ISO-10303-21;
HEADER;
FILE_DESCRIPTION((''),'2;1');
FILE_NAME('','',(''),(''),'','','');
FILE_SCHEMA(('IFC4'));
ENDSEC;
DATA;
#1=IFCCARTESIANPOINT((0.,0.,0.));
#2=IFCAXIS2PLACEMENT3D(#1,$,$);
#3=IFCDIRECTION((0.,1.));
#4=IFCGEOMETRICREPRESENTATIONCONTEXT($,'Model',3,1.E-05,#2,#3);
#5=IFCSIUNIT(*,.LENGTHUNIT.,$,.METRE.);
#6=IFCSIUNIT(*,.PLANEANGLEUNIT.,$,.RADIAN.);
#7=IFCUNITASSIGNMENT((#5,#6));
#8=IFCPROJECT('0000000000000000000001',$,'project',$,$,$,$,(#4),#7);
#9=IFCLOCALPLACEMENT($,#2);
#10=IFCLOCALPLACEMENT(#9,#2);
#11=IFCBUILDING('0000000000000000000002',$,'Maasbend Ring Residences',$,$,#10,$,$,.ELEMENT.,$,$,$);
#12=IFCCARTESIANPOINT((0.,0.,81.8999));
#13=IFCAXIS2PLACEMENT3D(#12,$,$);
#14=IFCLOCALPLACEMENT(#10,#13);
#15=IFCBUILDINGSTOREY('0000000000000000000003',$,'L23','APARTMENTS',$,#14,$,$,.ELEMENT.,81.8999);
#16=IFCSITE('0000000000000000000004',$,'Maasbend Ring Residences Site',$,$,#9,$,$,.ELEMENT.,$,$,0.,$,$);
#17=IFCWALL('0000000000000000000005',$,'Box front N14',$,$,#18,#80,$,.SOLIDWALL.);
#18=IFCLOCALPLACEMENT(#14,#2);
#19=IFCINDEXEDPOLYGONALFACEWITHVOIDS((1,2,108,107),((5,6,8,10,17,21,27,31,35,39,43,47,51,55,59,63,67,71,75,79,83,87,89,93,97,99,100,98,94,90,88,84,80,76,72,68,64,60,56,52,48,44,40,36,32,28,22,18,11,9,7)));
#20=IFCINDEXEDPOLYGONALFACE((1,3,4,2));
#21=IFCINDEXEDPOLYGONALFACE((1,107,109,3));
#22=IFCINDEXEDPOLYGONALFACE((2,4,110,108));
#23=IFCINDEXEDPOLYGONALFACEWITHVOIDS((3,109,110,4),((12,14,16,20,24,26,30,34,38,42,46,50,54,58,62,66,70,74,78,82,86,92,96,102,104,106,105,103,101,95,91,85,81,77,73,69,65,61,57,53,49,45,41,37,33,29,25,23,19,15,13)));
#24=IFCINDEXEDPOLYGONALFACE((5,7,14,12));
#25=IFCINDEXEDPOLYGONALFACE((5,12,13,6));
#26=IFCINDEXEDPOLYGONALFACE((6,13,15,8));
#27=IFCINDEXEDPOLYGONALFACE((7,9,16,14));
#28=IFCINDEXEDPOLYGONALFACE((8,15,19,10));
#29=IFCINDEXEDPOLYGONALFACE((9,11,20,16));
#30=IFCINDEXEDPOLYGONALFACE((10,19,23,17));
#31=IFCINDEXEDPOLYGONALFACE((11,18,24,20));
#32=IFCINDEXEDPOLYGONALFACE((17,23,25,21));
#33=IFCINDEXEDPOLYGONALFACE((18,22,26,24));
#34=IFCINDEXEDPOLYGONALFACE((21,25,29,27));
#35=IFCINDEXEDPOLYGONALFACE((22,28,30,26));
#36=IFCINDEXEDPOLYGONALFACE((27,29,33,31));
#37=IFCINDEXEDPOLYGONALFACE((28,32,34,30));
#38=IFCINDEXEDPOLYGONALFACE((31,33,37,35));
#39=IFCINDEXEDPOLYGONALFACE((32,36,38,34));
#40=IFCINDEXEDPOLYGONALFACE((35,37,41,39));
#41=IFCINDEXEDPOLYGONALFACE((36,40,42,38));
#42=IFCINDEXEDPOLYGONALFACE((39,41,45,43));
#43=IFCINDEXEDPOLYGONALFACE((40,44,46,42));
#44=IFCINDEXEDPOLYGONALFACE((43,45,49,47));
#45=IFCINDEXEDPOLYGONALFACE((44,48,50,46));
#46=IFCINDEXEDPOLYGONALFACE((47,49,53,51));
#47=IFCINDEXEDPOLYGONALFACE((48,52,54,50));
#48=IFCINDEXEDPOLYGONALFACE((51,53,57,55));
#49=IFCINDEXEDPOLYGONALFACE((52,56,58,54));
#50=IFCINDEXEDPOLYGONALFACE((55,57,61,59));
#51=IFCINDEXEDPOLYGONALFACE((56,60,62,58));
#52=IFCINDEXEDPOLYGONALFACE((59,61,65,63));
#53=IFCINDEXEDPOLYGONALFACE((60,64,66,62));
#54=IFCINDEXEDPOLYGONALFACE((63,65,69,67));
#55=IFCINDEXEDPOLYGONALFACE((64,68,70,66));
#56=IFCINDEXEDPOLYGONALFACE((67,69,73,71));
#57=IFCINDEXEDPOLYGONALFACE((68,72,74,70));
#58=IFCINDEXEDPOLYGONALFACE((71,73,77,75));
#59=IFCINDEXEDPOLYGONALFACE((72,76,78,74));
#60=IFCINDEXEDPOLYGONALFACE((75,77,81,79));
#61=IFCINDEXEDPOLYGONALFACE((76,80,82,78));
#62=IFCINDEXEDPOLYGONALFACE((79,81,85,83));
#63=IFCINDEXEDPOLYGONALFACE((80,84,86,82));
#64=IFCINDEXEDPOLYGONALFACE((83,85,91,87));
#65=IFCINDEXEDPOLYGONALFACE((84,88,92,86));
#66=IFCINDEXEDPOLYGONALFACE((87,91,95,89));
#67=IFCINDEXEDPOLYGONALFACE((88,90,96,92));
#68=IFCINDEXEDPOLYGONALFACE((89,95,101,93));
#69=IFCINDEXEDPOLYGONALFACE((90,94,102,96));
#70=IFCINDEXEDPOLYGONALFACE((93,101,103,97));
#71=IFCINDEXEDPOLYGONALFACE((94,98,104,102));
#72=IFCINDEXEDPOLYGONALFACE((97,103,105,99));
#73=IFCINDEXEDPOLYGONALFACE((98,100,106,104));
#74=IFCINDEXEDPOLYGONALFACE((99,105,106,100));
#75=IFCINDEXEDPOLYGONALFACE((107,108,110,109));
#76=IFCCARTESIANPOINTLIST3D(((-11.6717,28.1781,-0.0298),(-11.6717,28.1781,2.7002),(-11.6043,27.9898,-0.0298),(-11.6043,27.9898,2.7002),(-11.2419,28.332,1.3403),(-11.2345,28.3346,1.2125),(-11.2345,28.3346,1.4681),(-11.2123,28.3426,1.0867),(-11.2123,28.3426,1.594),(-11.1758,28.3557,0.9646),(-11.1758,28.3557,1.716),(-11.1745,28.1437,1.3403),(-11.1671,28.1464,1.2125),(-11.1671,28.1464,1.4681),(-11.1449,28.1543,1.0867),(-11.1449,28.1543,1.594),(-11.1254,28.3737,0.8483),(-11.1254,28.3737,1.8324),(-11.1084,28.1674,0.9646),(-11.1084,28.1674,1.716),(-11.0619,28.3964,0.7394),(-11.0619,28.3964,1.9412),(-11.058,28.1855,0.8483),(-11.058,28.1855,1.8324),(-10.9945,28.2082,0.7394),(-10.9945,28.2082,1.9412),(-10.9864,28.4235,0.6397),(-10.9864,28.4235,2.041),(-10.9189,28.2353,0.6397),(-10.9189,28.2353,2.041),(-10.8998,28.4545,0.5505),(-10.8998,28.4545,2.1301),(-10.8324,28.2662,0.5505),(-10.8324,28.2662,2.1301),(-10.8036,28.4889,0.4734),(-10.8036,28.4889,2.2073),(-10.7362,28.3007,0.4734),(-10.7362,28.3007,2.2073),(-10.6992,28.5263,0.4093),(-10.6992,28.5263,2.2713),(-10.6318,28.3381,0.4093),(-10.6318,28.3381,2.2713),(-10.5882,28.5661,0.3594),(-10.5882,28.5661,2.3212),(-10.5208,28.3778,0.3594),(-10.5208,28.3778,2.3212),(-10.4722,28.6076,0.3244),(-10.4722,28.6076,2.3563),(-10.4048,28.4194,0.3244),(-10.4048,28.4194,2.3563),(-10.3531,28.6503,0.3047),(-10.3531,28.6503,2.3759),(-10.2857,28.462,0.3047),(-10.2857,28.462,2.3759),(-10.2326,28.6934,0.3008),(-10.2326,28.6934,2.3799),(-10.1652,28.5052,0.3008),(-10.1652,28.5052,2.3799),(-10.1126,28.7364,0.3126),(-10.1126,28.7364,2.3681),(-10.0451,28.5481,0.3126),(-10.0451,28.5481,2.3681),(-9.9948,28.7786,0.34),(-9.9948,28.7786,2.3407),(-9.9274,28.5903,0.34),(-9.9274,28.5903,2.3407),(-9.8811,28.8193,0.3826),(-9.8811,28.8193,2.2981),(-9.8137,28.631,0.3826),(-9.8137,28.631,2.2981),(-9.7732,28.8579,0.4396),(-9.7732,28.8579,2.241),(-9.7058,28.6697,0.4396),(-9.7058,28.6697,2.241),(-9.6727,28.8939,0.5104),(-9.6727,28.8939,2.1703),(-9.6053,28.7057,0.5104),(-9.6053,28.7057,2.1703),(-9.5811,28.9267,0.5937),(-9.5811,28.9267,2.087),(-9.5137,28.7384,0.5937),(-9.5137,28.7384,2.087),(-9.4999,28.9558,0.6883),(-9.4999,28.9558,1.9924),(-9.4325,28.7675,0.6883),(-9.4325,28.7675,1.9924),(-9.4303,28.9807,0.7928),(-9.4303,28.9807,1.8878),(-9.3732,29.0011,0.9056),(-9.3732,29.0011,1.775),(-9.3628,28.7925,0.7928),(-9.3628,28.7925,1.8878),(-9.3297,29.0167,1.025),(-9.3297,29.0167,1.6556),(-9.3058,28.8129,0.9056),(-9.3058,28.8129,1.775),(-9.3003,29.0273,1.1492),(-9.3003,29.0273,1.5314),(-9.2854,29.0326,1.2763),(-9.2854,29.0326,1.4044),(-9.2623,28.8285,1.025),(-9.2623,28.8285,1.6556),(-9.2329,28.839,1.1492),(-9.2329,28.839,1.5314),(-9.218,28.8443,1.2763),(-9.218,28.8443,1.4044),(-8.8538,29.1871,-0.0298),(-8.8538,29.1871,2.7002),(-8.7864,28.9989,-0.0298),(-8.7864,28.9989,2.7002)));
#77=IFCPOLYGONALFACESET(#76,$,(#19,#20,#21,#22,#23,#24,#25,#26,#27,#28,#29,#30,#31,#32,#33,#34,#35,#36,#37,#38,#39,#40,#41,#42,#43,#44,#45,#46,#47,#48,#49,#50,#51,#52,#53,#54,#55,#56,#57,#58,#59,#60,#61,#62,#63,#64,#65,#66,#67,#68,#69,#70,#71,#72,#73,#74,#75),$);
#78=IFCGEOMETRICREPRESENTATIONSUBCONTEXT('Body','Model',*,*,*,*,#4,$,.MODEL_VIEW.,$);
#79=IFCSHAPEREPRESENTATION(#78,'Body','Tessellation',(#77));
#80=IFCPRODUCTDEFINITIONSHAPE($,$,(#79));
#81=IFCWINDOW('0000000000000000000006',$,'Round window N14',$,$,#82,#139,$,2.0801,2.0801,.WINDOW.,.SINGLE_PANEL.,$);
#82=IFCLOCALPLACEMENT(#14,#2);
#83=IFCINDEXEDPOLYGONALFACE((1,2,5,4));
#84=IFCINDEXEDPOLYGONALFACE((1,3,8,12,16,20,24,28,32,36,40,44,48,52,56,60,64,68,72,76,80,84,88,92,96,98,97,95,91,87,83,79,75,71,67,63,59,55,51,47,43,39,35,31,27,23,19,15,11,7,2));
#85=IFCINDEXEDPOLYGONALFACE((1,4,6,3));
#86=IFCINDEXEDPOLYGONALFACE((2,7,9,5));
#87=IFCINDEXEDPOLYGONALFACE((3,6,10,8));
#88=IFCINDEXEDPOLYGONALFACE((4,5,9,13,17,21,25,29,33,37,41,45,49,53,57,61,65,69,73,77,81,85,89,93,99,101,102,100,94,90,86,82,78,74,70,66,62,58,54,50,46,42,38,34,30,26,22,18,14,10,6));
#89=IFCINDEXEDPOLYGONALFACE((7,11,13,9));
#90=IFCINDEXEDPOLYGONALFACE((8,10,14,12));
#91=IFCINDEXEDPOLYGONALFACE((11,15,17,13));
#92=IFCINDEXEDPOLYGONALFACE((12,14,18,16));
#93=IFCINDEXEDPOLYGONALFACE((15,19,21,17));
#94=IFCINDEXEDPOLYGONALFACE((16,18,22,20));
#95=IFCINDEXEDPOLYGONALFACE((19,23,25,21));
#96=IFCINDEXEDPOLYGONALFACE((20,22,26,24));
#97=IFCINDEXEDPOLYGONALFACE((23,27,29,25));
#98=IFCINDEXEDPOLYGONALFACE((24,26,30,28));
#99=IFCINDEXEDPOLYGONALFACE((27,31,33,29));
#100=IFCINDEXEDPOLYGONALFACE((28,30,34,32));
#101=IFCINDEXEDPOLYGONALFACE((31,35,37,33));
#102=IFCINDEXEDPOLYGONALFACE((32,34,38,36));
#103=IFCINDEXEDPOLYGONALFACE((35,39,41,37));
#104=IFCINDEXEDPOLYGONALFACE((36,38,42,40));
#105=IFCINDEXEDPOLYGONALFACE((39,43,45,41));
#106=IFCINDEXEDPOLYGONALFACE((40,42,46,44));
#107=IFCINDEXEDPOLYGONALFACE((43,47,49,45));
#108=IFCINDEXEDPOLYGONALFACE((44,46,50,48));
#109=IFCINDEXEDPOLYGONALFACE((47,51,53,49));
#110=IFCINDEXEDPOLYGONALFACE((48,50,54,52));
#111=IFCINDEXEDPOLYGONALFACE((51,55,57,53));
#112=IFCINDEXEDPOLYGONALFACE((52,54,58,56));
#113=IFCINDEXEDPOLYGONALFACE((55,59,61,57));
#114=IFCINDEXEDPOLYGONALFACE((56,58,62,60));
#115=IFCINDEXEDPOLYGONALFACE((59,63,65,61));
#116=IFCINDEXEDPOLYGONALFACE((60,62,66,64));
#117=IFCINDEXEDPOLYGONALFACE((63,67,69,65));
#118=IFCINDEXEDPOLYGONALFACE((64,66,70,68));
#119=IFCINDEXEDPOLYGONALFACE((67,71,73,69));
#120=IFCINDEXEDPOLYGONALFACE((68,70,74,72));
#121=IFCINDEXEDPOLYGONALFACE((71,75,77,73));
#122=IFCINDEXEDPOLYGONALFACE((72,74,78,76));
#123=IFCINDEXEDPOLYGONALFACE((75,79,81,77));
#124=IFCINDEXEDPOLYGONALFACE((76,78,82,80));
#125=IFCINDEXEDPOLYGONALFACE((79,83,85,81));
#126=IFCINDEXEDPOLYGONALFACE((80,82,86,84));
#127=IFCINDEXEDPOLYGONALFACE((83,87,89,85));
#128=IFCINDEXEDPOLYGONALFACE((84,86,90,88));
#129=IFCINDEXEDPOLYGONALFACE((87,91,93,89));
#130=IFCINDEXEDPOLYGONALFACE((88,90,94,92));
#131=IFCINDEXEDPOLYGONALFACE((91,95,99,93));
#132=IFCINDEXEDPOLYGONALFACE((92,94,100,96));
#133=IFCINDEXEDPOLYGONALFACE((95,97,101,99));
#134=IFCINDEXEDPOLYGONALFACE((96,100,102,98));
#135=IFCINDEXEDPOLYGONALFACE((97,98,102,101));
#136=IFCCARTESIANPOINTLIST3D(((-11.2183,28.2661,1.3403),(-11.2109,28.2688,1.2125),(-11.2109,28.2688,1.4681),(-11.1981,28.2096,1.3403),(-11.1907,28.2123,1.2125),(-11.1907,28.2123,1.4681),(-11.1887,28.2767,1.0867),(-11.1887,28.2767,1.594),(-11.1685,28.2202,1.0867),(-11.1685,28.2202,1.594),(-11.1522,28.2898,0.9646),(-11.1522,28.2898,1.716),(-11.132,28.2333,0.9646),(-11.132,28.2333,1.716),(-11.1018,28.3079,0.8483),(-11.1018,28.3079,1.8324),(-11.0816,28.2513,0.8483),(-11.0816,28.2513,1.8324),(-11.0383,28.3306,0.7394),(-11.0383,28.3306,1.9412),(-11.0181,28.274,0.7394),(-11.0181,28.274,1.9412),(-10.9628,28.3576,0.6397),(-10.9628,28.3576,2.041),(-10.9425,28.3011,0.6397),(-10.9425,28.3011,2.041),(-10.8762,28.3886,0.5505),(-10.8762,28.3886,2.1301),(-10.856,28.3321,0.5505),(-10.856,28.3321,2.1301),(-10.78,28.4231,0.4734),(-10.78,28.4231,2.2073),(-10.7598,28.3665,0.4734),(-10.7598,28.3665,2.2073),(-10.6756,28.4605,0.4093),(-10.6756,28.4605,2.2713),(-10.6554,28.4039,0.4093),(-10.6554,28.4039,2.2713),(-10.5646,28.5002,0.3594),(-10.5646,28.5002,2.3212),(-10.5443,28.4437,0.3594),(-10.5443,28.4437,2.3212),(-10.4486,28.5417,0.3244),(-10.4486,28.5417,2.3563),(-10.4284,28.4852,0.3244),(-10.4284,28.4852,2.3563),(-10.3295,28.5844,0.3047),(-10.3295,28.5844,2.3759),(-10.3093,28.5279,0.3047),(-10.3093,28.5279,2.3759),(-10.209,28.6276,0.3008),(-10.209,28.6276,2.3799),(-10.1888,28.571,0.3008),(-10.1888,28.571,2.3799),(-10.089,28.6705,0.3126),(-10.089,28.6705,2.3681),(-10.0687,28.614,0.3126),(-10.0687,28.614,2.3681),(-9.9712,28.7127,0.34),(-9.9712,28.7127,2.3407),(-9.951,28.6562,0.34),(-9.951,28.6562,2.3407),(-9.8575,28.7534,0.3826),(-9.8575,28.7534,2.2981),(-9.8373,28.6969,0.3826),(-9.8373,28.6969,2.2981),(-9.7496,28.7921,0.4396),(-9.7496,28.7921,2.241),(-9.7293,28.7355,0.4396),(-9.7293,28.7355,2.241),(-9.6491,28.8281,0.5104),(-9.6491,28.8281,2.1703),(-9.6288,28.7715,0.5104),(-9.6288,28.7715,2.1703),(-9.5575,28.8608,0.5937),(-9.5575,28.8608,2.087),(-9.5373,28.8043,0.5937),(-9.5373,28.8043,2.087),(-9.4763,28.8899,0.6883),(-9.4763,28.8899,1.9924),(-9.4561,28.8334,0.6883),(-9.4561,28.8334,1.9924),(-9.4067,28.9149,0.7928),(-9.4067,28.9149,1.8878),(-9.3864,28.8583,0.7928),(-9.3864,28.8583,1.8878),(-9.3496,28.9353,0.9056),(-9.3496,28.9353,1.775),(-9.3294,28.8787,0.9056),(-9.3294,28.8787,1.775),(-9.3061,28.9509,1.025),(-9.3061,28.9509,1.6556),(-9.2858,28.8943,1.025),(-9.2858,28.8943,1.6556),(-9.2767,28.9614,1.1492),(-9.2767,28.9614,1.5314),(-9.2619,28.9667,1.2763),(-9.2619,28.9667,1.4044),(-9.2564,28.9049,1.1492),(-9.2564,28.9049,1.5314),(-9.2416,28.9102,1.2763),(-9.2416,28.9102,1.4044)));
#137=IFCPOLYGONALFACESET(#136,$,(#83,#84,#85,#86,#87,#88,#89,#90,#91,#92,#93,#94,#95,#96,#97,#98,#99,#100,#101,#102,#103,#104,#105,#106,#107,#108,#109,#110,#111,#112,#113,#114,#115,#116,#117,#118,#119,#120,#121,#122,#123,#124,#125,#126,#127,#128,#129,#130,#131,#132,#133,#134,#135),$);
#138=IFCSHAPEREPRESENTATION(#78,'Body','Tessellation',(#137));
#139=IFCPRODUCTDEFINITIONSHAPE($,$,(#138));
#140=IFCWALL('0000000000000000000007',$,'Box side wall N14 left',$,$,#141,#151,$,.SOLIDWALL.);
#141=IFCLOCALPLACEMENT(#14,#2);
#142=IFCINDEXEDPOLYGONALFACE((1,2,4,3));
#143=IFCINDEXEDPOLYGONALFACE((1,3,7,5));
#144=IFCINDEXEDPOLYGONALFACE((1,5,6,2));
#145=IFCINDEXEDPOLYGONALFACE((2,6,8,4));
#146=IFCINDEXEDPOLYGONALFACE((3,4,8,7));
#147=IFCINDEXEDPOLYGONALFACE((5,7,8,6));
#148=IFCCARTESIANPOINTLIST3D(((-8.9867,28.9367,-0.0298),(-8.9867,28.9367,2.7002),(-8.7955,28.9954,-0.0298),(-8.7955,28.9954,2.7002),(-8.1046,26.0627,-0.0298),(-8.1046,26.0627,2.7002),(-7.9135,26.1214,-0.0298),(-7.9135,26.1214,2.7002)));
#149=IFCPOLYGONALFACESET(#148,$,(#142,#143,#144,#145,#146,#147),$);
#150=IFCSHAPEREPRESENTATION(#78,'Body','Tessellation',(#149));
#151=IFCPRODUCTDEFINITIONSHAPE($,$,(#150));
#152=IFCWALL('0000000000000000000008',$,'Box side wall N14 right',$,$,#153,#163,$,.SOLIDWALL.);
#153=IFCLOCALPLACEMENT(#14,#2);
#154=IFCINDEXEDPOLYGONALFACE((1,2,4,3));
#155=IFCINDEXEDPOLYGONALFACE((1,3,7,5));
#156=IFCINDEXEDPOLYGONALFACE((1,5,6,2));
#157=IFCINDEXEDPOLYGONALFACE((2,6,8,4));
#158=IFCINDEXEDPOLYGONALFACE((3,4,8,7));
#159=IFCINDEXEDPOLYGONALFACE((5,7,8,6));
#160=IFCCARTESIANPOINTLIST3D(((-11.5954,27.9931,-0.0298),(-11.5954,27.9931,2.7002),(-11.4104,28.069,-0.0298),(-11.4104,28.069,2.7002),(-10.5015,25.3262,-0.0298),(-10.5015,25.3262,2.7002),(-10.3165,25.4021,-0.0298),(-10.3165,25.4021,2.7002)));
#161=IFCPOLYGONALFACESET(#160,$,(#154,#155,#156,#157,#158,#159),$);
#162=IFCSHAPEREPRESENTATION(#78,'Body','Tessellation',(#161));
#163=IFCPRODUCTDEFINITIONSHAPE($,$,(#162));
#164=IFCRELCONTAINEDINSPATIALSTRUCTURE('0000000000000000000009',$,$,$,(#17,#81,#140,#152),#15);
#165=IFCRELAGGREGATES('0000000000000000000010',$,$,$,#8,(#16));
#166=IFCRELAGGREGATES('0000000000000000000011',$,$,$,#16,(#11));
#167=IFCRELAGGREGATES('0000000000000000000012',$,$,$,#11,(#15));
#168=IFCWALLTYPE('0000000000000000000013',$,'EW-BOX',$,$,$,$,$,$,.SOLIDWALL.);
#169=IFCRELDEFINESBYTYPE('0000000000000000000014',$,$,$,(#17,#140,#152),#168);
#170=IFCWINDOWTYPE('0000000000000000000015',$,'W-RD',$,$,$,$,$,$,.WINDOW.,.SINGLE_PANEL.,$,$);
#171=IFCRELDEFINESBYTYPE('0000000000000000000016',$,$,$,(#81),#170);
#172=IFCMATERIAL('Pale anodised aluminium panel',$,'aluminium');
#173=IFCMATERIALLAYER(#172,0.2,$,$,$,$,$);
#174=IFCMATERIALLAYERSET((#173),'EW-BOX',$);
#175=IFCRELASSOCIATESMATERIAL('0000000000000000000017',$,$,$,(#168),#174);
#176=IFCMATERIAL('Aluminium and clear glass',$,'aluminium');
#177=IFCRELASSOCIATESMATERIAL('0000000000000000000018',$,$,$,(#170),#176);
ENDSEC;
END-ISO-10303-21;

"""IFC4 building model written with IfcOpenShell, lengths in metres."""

from ifc_helpers import new_model, si_unit, direction, frame, frame_2d, origin, place, context, subcontext, project, spatial, rectangle, circle, extrude, material, layer, layer_set, type_object, element, fill, save


model = new_model("IFC4")

# Units and contexts
model_context = context("Model", 3, precision=1e-05, world=origin(), true_north=direction((0.0, 1.0)))
body_context = subcontext(model_context, "Body", "Model", "MODEL_VIEW")
ifc_project = project(units=[si_unit("LENGTHUNIT", "METRE"), si_unit("PLANEANGLEUNIT", "RADIAN")], contexts=[model_context])

# Site, building, storey
site_placement = place(None, origin())
site = spatial("IfcSite", under=ifc_project, at=site_placement, Name="Maasbend Ring Residences Site", CompositionType="ELEMENT", RefElevation=0.0)
building_placement = place(site_placement, origin())
building = spatial("IfcBuilding", under=site, at=building_placement, Name="Maasbend Ring Residences", CompositionType="ELEMENT")
storey_placement = place(building_placement, frame((0.0, 0.0, 81.8999)))
storey = spatial("IfcBuildingStorey", under=building, at=storey_placement, Name="L23", Description="APARTMENTS", CompositionType="ELEMENT", Elevation=81.8999)

# Shared definitions
ifc_material_1 = material(Name="Pale anodised aluminium panel", Category="aluminium")
ifc_layer_1 = layer(ifc_material_1, 0.2)
ifc_layer_set_1 = layer_set([ifc_layer_1], Name="EW-BOX")
wall_type_1 = type_object("IfcWallType", Name="EW-BOX", PredefinedType="SOLIDWALL", material=ifc_layer_set_1)
ifc_material_2 = material(Name="Aluminium and clear glass", Category="aluminium")
window_type_1 = type_object("IfcWindowType", Name="W-RD", PartitioningType="SINGLE_PANEL", PredefinedType="WINDOW", material=ifc_material_2)

# Wall, opening, window
wall_1_placement = place(storey_placement, frame((-8.8201, 29.093, -0.0298), z_axis=(0.0, 0.0, 1.0), x_axis=(-0.941461, -0.337122, 0.0)))
wall_1 = element("IfcWall", 1, at=wall_1_placement, inside=storey, type_object=wall_type_1, Name="Box front N14", PredefinedType="SOLIDWALL", context=body_context, shape_type="SweptSolid", body=[
    extrude(rectangle(XDim=2.9932, YDim=0.2, at=frame_2d((1.4966, 0.0))), origin(), (0.0, 0.0, 1.0), 2.73),
])
opening_1_placement = place(wall_1_placement, frame((0.4565, 0.0, 0.3301)))
opening_1 = element("IfcOpeningElement", 2, at=opening_1_placement, cuts=wall_1, PredefinedType="OPENING", context=body_context, shape_type="SweptSolid", body=[
    extrude(circle(Radius=1.04, at=frame_2d((1.04, 1.04))), frame((0.0, 0.1099, 0.0), z_axis=(0.0, -1.0, 0.0), x_axis=(1.0, 0.0, 0.0)), (0.0, 0.0, 1.0), 0.22),
])
window_1_placement = place(opening_1_placement, origin())
window_1 = element("IfcWindow", 3, at=window_1_placement, inside=storey, type_object=window_type_1, Name="Round window N14", OverallHeight=2.0801, OverallWidth=2.0801, PartitioningType="SINGLE_PANEL", PredefinedType="WINDOW", context=body_context, shape_type="SweptSolid", body=[
    extrude(circle(Radius=1.04, at=frame_2d((1.04, 1.04))), frame((0.0, 0.03, 0.0), z_axis=(0.0, -1.0, 0.0), x_axis=(1.0, 0.0, 0.0)), (0.0, 0.0, 1.0), 0.0601),
])
fill(opening_1, window_1)

# Walls
wall_2_placement = place(storey_placement, frame((-8.009, 26.092, -0.0298), z_axis=(0.0, 0.0, 1.0), x_axis=(-0.293407, 0.955988, 0.0)))
element("IfcWall", 4, at=wall_2_placement, inside=storey, type_object=wall_type_1, Name="Box side wall N14 left", PredefinedType="SOLIDWALL", context=body_context, shape_type="SweptSolid", body=[
    extrude(rectangle(XDim=3.0063, YDim=0.2, at=frame_2d((1.5032, 0.0))), origin(), (0.0, 0.0, 1.0), 2.73),
])
wall_3_placement = place(storey_placement, frame((-10.4089, 25.364, -0.0298), z_axis=(0.0, 0.0, 1.0), x_axis=(-0.37951, 0.925188, 0.0)))
element("IfcWall", 5, at=wall_3_placement, inside=storey, type_object=wall_type_1, Name="Box side wall N14 right", PredefinedType="SOLIDWALL", context=body_context, shape_type="SweptSolid", body=[
    extrude(rectangle(XDim=2.8826, YDim=0.2, at=frame_2d((1.4414, 0.0))), origin(), (0.0, 0.0, 1.0), 2.73),
])

save(model, "model.ifc")
